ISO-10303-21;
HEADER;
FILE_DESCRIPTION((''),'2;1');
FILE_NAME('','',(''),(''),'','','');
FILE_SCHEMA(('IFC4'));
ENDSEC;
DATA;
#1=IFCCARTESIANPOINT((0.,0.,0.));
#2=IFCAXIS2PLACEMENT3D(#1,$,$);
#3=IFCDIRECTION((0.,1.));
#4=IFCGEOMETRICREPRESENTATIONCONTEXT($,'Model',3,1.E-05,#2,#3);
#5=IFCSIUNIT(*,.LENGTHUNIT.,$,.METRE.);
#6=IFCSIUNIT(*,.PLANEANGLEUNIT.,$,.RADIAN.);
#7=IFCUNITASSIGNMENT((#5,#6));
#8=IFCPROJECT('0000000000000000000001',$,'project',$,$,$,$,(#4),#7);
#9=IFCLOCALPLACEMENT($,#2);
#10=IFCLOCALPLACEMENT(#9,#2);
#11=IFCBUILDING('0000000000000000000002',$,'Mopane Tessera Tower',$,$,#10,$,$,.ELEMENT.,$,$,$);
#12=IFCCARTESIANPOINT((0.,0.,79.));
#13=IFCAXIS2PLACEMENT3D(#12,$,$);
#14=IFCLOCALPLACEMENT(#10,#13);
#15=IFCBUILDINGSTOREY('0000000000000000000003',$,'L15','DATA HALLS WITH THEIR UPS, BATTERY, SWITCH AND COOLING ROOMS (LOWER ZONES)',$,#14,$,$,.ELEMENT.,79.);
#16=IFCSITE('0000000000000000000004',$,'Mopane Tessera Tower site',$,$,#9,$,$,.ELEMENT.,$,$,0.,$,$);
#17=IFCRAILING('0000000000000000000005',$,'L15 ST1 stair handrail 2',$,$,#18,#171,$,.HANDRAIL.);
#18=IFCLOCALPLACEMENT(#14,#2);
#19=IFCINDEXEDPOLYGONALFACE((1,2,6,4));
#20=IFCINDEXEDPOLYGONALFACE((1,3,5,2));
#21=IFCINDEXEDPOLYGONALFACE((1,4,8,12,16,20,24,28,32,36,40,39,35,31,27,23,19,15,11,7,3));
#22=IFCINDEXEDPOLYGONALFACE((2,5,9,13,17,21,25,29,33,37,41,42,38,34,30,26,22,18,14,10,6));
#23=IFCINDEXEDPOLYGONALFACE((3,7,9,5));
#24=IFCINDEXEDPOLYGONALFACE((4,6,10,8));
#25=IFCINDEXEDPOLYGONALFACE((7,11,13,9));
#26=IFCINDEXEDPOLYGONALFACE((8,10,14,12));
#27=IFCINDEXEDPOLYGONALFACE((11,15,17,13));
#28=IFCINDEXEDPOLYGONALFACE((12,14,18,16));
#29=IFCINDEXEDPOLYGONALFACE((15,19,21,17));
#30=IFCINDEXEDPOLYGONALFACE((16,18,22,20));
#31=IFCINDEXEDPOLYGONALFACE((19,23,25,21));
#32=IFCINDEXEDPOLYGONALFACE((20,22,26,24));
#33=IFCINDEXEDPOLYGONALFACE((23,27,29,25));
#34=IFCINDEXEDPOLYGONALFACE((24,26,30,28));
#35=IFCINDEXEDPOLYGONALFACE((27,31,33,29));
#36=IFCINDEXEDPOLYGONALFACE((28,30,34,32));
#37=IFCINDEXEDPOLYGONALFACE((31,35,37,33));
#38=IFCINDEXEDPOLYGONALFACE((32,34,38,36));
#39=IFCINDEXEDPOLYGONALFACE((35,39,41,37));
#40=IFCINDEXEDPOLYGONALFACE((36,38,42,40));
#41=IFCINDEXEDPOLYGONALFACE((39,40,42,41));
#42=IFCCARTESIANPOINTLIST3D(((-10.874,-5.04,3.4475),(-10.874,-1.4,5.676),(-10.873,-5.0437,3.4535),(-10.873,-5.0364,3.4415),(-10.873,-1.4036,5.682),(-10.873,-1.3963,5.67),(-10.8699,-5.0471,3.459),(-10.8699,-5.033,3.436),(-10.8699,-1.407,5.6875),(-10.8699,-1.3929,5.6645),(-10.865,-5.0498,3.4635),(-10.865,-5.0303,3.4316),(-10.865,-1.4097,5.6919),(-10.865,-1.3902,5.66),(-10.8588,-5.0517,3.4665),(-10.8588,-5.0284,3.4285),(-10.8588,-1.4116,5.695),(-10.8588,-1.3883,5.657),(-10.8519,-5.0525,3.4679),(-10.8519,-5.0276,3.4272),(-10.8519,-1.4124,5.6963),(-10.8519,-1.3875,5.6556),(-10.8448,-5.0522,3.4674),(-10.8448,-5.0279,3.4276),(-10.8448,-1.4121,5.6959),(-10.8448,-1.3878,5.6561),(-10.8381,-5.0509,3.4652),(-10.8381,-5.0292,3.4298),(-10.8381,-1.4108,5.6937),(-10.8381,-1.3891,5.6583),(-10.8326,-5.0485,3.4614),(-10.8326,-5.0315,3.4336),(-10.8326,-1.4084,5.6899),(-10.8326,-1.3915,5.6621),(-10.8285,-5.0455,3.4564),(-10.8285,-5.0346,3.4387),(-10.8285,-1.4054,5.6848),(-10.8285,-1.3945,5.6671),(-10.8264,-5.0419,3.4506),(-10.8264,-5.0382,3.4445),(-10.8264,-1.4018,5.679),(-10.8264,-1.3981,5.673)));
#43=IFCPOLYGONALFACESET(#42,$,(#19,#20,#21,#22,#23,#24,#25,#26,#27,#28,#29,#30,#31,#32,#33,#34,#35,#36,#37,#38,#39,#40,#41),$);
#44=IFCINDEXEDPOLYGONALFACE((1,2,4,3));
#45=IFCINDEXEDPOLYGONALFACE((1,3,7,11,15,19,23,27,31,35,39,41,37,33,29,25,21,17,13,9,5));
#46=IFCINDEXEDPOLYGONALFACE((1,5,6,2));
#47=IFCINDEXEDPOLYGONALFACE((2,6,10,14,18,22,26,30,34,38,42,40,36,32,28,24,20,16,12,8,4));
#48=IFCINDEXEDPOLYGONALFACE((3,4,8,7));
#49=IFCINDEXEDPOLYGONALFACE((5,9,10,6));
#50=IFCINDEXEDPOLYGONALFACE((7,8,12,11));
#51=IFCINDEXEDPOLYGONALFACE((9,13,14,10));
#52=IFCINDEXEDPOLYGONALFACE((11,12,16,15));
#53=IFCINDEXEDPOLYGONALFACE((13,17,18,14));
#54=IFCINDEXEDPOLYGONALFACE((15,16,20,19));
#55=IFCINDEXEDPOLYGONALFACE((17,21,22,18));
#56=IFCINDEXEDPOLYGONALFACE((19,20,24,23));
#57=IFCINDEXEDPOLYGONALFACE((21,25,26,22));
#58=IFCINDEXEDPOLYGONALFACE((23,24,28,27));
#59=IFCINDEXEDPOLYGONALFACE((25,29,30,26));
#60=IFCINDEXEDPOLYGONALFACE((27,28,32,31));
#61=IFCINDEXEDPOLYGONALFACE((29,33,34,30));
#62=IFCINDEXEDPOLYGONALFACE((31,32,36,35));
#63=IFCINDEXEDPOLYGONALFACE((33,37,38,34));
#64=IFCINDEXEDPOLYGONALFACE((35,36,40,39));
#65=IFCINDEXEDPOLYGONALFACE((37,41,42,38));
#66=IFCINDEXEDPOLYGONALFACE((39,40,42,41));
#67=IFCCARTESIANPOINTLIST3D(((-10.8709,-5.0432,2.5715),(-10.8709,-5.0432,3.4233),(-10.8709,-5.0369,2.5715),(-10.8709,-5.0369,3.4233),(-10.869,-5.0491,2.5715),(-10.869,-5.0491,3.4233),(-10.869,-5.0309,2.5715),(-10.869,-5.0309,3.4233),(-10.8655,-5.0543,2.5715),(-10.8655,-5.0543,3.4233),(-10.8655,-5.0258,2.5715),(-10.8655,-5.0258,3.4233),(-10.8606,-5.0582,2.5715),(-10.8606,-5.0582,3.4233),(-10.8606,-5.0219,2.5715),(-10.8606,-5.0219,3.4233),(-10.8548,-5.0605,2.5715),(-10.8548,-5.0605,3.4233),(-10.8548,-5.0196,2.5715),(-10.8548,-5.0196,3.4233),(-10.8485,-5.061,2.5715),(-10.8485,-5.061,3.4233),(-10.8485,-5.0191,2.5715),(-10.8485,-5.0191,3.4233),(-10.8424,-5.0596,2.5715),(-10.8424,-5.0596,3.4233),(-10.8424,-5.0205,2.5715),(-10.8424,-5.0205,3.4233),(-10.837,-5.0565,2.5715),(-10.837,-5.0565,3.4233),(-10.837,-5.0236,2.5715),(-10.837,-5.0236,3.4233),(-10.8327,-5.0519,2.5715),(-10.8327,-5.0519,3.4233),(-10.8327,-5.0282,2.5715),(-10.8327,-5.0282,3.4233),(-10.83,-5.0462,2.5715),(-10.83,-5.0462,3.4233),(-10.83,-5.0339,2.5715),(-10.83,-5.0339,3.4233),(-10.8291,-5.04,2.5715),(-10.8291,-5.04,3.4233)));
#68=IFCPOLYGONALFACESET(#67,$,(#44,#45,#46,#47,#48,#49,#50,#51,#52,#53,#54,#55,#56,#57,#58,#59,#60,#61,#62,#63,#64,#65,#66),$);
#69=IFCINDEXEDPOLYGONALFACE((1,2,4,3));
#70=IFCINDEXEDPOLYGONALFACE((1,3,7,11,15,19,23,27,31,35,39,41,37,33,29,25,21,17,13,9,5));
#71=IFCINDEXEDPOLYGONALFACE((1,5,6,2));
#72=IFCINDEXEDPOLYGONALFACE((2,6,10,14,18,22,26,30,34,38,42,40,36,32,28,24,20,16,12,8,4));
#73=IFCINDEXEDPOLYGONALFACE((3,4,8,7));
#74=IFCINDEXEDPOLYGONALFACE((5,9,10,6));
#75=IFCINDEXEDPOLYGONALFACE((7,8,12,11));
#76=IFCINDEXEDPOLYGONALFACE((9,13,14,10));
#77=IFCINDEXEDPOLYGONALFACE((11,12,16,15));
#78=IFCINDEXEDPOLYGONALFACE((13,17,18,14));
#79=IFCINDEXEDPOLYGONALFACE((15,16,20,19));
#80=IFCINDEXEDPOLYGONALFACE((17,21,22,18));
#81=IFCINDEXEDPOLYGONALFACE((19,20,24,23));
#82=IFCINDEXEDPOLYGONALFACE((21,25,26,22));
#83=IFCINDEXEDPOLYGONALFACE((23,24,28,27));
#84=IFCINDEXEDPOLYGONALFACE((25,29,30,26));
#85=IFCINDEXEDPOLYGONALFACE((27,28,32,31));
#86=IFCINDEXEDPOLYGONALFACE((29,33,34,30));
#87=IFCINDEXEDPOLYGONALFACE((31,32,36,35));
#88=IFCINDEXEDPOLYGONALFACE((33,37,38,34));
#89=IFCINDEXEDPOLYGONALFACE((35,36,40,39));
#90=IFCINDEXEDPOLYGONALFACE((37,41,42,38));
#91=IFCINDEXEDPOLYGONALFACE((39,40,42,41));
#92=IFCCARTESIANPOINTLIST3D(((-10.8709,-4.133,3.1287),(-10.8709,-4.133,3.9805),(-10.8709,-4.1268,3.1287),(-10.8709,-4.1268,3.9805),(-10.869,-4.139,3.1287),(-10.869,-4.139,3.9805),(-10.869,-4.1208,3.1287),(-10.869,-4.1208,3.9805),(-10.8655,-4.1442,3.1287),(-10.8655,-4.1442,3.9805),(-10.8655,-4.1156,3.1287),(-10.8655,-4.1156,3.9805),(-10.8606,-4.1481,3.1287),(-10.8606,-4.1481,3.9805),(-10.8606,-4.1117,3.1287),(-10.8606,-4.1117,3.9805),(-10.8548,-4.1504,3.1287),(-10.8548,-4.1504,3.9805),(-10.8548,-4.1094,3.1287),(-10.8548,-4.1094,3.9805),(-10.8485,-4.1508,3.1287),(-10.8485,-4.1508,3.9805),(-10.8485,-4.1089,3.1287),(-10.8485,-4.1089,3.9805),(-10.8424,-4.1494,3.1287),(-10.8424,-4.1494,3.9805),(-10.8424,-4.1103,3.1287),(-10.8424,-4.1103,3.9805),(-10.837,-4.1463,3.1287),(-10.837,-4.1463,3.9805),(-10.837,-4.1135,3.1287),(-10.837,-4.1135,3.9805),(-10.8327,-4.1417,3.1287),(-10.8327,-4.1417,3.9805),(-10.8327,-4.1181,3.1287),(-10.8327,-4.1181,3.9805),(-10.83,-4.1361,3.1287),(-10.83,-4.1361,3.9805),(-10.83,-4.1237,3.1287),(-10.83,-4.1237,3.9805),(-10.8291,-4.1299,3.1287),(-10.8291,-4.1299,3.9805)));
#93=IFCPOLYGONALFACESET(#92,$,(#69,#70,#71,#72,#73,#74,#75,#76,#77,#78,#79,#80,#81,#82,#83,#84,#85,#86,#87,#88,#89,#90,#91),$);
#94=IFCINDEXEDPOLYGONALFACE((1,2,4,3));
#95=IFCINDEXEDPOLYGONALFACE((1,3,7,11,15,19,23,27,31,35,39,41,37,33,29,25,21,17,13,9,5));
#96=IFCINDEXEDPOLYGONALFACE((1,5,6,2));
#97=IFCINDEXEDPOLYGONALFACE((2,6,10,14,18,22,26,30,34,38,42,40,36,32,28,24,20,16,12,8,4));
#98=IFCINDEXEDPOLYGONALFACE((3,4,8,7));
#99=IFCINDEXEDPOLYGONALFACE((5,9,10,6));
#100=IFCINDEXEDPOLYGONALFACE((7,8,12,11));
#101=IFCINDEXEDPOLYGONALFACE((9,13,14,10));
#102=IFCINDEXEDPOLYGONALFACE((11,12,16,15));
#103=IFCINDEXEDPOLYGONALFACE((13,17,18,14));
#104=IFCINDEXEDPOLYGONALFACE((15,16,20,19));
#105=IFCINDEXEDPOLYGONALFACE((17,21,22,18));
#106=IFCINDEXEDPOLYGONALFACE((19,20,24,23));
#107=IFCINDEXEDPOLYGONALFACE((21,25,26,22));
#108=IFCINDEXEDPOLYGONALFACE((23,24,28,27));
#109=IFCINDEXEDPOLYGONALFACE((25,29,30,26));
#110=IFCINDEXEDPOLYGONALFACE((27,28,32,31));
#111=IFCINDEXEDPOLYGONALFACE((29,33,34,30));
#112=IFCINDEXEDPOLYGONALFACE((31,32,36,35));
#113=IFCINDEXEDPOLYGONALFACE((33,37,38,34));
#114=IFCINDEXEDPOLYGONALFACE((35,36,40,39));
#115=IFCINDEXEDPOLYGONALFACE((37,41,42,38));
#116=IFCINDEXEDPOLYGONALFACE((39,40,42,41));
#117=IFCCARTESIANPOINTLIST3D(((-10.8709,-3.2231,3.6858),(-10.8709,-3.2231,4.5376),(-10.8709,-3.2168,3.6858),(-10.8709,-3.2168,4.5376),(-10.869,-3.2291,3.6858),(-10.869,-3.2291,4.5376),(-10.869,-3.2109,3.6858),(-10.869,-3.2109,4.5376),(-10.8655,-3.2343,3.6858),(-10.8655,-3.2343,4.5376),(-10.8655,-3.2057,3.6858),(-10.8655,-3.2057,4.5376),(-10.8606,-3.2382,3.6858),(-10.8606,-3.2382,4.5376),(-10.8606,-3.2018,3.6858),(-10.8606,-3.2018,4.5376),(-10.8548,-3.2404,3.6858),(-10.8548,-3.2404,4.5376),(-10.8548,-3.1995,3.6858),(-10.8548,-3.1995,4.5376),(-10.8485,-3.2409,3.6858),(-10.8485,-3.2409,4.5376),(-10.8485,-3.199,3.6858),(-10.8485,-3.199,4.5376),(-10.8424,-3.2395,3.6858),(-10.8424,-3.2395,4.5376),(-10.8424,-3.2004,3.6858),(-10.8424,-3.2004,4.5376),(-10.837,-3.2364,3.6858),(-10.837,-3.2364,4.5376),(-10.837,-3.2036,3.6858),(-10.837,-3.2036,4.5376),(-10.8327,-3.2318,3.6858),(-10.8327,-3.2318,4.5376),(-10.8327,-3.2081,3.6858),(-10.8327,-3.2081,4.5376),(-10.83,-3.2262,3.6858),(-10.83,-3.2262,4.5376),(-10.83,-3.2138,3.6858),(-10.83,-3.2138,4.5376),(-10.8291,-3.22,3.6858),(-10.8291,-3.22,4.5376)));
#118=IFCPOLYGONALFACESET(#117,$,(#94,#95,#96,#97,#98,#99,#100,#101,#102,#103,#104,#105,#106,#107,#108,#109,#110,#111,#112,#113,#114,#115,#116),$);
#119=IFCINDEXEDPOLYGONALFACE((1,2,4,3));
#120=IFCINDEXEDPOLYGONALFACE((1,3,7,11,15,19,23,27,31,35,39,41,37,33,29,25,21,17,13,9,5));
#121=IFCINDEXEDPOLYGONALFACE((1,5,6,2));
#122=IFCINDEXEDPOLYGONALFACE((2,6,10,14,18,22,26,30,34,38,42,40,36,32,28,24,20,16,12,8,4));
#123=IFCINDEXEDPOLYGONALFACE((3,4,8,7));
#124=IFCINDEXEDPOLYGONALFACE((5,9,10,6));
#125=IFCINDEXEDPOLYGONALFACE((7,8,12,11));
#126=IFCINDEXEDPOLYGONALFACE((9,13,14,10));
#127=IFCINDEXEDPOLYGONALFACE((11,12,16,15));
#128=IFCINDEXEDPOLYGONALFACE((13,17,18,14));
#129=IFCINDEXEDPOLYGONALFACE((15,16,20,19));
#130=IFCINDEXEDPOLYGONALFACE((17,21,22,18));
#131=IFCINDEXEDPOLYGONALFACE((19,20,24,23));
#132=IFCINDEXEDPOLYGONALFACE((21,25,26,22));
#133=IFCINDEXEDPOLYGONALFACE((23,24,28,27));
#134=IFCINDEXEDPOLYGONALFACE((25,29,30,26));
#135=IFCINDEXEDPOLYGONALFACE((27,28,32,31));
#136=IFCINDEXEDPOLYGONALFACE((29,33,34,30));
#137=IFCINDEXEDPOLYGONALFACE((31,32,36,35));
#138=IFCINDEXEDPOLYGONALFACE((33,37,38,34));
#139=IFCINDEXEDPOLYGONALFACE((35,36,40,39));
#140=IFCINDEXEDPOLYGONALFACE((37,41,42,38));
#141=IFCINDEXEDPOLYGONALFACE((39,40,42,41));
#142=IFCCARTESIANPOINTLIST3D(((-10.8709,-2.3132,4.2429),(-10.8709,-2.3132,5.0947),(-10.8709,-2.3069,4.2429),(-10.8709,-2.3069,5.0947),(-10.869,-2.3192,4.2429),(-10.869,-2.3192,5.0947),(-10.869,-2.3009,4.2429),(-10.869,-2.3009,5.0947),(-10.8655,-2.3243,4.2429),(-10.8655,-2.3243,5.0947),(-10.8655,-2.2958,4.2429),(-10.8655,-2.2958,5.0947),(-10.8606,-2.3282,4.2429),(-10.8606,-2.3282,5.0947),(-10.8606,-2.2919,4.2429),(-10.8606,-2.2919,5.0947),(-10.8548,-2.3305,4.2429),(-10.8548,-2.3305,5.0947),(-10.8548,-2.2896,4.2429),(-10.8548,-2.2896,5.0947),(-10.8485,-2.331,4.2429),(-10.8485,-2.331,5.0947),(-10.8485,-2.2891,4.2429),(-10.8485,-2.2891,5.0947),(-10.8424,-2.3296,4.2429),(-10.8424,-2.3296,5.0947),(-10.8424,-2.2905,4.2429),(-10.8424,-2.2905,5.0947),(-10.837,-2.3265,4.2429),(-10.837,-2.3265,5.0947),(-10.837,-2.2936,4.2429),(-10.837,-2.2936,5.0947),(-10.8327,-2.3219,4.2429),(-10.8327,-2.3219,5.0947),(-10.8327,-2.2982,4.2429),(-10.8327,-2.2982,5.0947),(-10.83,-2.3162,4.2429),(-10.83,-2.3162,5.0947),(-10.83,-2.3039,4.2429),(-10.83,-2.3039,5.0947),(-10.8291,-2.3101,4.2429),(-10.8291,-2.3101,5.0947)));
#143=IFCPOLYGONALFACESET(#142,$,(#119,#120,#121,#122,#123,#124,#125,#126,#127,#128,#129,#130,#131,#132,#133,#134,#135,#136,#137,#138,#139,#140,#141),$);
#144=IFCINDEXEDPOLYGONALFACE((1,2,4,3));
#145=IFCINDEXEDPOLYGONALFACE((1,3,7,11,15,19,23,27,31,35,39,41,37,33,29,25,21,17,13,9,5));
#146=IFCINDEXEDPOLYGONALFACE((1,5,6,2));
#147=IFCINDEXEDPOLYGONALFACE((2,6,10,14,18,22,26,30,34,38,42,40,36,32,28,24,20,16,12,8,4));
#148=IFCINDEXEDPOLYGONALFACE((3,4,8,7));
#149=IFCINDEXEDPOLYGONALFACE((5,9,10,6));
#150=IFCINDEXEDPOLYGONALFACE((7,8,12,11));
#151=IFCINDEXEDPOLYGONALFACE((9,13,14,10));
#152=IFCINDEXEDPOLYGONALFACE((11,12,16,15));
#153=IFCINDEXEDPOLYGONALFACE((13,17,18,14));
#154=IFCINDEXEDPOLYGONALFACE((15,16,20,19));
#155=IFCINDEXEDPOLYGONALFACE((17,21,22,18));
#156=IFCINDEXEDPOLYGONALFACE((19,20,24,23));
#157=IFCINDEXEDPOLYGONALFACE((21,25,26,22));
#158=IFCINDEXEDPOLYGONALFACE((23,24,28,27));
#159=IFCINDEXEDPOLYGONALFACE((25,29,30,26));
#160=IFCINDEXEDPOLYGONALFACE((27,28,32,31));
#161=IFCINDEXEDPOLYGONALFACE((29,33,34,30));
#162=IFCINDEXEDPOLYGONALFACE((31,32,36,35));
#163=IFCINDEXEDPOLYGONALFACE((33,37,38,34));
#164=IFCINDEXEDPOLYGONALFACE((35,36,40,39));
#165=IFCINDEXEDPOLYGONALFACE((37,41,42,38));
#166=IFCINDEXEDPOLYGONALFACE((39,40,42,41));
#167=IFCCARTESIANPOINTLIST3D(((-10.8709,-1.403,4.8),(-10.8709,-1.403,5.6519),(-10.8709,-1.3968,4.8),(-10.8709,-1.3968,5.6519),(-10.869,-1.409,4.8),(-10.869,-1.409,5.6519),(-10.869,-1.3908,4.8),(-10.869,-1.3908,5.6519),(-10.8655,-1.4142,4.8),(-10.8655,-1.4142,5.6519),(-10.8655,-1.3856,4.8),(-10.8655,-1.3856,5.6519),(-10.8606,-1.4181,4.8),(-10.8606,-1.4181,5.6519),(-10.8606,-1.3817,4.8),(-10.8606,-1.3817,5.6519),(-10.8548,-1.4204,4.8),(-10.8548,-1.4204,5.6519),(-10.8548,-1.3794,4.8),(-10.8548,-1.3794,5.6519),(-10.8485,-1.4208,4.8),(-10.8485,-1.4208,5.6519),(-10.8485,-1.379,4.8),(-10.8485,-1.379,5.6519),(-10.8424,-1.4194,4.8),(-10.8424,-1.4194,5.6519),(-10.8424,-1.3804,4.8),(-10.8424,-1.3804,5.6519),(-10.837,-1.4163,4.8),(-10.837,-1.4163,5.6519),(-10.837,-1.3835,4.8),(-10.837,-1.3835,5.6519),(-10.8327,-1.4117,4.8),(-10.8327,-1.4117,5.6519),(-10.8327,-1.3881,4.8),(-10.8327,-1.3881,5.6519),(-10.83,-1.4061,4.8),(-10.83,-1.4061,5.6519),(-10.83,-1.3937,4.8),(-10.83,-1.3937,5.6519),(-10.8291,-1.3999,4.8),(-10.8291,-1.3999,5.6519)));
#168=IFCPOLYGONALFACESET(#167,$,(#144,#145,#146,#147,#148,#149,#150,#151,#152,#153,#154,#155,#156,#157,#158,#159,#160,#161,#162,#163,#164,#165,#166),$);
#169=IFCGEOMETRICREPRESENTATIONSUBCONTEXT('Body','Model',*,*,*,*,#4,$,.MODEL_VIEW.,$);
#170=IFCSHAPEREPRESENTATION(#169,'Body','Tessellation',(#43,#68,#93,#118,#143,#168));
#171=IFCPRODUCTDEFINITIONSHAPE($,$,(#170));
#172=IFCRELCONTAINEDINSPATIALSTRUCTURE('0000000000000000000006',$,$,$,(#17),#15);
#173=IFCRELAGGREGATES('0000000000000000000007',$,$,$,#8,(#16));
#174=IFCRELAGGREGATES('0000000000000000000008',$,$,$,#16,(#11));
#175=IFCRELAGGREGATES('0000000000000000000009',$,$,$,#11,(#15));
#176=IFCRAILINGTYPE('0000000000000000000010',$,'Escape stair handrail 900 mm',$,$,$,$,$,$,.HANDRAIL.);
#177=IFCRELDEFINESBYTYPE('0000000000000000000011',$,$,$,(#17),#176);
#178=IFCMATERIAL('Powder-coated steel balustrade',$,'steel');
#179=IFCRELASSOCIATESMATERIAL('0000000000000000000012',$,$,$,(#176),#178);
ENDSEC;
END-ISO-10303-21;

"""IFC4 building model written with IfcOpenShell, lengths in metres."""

from ifc_helpers import new_model, si_unit, direction, frame, origin, origin_2d, place, context, subcontext, project, spatial, circle, extrude, material, type_object, element, save


model = new_model("IFC4")

# Units and contexts
model_context = context("Model", 3, precision=1e-05, world=origin(), true_north=direction((0.0, 1.0)))
body_context = subcontext(model_context, "Body", "Model", "MODEL_VIEW")
ifc_project = project(units=[si_unit("LENGTHUNIT", "METRE"), si_unit("PLANEANGLEUNIT", "RADIAN")], contexts=[model_context])

# Site, building, storey
site_placement = place(None, origin())
site = spatial("IfcSite", under=ifc_project, at=site_placement, Name="Mopane Tessera Tower site", CompositionType="ELEMENT", RefElevation=0.0)
building_placement = place(site_placement, origin())
building = spatial("IfcBuilding", under=site, at=building_placement, Name="Mopane Tessera Tower", CompositionType="ELEMENT")
storey_placement = place(building_placement, frame((0.0, 0.0, 79.0)))
storey = spatial("IfcBuildingStorey", under=building, at=storey_placement, Name="L15", Description="DATA HALLS WITH THEIR UPS, BATTERY, SWITCH AND COOLING ROOMS (LOWER ZONES)", CompositionType="ELEMENT", Elevation=79.0)

# Railing
ifc_material_1 = material(Name="Powder-coated steel balustrade", Category="steel")
railing_type_1 = type_object("IfcRailingType", Name="Escape stair handrail 900 mm", PredefinedType="HANDRAIL", material=ifc_material_1)
railing_1_placement = place(storey_placement, frame((-10.8501, -5.04, 2.5715)))
element("IfcRailing", 1, at=railing_1_placement, inside=storey, type_object=railing_type_1, Name="L15 ST1 stair handrail 2", PredefinedType="HANDRAIL", context=body_context, shape_type="SweptSolid", body=[
    extrude(circle(Radius=0.0239, at=origin_2d()), frame((0.0, 0.0, 0.876), z_axis=(0.0, 0.852866, 0.52213), x_axis=(-1.0, 0.0, 0.0)), (0.0, 0.0, 1.0), 4.2681),
    extrude(circle(Radius=0.021, at=origin_2d()), origin(), (0.0, 0.0, 1.0), 0.8518),
    extrude(circle(Radius=0.021, at=origin_2d()), frame((0.0, 0.9102, 0.5571)), (0.0, 0.0, 1.0), 0.8518),
    extrude(circle(Radius=0.021, at=origin_2d()), frame((0.0, 1.8201, 1.1143)), (0.0, 0.0, 1.0), 0.8518),
    extrude(circle(Radius=0.021, at=origin_2d()), frame((0.0, 2.73, 1.6714)), (0.0, 0.0, 1.0), 0.8518),
    extrude(circle(Radius=0.021, at=origin_2d()), frame((0.0, 3.6401, 2.2285)), (0.0, 0.0, 1.0), 0.8518),
])

save(model, "model.ifc")
